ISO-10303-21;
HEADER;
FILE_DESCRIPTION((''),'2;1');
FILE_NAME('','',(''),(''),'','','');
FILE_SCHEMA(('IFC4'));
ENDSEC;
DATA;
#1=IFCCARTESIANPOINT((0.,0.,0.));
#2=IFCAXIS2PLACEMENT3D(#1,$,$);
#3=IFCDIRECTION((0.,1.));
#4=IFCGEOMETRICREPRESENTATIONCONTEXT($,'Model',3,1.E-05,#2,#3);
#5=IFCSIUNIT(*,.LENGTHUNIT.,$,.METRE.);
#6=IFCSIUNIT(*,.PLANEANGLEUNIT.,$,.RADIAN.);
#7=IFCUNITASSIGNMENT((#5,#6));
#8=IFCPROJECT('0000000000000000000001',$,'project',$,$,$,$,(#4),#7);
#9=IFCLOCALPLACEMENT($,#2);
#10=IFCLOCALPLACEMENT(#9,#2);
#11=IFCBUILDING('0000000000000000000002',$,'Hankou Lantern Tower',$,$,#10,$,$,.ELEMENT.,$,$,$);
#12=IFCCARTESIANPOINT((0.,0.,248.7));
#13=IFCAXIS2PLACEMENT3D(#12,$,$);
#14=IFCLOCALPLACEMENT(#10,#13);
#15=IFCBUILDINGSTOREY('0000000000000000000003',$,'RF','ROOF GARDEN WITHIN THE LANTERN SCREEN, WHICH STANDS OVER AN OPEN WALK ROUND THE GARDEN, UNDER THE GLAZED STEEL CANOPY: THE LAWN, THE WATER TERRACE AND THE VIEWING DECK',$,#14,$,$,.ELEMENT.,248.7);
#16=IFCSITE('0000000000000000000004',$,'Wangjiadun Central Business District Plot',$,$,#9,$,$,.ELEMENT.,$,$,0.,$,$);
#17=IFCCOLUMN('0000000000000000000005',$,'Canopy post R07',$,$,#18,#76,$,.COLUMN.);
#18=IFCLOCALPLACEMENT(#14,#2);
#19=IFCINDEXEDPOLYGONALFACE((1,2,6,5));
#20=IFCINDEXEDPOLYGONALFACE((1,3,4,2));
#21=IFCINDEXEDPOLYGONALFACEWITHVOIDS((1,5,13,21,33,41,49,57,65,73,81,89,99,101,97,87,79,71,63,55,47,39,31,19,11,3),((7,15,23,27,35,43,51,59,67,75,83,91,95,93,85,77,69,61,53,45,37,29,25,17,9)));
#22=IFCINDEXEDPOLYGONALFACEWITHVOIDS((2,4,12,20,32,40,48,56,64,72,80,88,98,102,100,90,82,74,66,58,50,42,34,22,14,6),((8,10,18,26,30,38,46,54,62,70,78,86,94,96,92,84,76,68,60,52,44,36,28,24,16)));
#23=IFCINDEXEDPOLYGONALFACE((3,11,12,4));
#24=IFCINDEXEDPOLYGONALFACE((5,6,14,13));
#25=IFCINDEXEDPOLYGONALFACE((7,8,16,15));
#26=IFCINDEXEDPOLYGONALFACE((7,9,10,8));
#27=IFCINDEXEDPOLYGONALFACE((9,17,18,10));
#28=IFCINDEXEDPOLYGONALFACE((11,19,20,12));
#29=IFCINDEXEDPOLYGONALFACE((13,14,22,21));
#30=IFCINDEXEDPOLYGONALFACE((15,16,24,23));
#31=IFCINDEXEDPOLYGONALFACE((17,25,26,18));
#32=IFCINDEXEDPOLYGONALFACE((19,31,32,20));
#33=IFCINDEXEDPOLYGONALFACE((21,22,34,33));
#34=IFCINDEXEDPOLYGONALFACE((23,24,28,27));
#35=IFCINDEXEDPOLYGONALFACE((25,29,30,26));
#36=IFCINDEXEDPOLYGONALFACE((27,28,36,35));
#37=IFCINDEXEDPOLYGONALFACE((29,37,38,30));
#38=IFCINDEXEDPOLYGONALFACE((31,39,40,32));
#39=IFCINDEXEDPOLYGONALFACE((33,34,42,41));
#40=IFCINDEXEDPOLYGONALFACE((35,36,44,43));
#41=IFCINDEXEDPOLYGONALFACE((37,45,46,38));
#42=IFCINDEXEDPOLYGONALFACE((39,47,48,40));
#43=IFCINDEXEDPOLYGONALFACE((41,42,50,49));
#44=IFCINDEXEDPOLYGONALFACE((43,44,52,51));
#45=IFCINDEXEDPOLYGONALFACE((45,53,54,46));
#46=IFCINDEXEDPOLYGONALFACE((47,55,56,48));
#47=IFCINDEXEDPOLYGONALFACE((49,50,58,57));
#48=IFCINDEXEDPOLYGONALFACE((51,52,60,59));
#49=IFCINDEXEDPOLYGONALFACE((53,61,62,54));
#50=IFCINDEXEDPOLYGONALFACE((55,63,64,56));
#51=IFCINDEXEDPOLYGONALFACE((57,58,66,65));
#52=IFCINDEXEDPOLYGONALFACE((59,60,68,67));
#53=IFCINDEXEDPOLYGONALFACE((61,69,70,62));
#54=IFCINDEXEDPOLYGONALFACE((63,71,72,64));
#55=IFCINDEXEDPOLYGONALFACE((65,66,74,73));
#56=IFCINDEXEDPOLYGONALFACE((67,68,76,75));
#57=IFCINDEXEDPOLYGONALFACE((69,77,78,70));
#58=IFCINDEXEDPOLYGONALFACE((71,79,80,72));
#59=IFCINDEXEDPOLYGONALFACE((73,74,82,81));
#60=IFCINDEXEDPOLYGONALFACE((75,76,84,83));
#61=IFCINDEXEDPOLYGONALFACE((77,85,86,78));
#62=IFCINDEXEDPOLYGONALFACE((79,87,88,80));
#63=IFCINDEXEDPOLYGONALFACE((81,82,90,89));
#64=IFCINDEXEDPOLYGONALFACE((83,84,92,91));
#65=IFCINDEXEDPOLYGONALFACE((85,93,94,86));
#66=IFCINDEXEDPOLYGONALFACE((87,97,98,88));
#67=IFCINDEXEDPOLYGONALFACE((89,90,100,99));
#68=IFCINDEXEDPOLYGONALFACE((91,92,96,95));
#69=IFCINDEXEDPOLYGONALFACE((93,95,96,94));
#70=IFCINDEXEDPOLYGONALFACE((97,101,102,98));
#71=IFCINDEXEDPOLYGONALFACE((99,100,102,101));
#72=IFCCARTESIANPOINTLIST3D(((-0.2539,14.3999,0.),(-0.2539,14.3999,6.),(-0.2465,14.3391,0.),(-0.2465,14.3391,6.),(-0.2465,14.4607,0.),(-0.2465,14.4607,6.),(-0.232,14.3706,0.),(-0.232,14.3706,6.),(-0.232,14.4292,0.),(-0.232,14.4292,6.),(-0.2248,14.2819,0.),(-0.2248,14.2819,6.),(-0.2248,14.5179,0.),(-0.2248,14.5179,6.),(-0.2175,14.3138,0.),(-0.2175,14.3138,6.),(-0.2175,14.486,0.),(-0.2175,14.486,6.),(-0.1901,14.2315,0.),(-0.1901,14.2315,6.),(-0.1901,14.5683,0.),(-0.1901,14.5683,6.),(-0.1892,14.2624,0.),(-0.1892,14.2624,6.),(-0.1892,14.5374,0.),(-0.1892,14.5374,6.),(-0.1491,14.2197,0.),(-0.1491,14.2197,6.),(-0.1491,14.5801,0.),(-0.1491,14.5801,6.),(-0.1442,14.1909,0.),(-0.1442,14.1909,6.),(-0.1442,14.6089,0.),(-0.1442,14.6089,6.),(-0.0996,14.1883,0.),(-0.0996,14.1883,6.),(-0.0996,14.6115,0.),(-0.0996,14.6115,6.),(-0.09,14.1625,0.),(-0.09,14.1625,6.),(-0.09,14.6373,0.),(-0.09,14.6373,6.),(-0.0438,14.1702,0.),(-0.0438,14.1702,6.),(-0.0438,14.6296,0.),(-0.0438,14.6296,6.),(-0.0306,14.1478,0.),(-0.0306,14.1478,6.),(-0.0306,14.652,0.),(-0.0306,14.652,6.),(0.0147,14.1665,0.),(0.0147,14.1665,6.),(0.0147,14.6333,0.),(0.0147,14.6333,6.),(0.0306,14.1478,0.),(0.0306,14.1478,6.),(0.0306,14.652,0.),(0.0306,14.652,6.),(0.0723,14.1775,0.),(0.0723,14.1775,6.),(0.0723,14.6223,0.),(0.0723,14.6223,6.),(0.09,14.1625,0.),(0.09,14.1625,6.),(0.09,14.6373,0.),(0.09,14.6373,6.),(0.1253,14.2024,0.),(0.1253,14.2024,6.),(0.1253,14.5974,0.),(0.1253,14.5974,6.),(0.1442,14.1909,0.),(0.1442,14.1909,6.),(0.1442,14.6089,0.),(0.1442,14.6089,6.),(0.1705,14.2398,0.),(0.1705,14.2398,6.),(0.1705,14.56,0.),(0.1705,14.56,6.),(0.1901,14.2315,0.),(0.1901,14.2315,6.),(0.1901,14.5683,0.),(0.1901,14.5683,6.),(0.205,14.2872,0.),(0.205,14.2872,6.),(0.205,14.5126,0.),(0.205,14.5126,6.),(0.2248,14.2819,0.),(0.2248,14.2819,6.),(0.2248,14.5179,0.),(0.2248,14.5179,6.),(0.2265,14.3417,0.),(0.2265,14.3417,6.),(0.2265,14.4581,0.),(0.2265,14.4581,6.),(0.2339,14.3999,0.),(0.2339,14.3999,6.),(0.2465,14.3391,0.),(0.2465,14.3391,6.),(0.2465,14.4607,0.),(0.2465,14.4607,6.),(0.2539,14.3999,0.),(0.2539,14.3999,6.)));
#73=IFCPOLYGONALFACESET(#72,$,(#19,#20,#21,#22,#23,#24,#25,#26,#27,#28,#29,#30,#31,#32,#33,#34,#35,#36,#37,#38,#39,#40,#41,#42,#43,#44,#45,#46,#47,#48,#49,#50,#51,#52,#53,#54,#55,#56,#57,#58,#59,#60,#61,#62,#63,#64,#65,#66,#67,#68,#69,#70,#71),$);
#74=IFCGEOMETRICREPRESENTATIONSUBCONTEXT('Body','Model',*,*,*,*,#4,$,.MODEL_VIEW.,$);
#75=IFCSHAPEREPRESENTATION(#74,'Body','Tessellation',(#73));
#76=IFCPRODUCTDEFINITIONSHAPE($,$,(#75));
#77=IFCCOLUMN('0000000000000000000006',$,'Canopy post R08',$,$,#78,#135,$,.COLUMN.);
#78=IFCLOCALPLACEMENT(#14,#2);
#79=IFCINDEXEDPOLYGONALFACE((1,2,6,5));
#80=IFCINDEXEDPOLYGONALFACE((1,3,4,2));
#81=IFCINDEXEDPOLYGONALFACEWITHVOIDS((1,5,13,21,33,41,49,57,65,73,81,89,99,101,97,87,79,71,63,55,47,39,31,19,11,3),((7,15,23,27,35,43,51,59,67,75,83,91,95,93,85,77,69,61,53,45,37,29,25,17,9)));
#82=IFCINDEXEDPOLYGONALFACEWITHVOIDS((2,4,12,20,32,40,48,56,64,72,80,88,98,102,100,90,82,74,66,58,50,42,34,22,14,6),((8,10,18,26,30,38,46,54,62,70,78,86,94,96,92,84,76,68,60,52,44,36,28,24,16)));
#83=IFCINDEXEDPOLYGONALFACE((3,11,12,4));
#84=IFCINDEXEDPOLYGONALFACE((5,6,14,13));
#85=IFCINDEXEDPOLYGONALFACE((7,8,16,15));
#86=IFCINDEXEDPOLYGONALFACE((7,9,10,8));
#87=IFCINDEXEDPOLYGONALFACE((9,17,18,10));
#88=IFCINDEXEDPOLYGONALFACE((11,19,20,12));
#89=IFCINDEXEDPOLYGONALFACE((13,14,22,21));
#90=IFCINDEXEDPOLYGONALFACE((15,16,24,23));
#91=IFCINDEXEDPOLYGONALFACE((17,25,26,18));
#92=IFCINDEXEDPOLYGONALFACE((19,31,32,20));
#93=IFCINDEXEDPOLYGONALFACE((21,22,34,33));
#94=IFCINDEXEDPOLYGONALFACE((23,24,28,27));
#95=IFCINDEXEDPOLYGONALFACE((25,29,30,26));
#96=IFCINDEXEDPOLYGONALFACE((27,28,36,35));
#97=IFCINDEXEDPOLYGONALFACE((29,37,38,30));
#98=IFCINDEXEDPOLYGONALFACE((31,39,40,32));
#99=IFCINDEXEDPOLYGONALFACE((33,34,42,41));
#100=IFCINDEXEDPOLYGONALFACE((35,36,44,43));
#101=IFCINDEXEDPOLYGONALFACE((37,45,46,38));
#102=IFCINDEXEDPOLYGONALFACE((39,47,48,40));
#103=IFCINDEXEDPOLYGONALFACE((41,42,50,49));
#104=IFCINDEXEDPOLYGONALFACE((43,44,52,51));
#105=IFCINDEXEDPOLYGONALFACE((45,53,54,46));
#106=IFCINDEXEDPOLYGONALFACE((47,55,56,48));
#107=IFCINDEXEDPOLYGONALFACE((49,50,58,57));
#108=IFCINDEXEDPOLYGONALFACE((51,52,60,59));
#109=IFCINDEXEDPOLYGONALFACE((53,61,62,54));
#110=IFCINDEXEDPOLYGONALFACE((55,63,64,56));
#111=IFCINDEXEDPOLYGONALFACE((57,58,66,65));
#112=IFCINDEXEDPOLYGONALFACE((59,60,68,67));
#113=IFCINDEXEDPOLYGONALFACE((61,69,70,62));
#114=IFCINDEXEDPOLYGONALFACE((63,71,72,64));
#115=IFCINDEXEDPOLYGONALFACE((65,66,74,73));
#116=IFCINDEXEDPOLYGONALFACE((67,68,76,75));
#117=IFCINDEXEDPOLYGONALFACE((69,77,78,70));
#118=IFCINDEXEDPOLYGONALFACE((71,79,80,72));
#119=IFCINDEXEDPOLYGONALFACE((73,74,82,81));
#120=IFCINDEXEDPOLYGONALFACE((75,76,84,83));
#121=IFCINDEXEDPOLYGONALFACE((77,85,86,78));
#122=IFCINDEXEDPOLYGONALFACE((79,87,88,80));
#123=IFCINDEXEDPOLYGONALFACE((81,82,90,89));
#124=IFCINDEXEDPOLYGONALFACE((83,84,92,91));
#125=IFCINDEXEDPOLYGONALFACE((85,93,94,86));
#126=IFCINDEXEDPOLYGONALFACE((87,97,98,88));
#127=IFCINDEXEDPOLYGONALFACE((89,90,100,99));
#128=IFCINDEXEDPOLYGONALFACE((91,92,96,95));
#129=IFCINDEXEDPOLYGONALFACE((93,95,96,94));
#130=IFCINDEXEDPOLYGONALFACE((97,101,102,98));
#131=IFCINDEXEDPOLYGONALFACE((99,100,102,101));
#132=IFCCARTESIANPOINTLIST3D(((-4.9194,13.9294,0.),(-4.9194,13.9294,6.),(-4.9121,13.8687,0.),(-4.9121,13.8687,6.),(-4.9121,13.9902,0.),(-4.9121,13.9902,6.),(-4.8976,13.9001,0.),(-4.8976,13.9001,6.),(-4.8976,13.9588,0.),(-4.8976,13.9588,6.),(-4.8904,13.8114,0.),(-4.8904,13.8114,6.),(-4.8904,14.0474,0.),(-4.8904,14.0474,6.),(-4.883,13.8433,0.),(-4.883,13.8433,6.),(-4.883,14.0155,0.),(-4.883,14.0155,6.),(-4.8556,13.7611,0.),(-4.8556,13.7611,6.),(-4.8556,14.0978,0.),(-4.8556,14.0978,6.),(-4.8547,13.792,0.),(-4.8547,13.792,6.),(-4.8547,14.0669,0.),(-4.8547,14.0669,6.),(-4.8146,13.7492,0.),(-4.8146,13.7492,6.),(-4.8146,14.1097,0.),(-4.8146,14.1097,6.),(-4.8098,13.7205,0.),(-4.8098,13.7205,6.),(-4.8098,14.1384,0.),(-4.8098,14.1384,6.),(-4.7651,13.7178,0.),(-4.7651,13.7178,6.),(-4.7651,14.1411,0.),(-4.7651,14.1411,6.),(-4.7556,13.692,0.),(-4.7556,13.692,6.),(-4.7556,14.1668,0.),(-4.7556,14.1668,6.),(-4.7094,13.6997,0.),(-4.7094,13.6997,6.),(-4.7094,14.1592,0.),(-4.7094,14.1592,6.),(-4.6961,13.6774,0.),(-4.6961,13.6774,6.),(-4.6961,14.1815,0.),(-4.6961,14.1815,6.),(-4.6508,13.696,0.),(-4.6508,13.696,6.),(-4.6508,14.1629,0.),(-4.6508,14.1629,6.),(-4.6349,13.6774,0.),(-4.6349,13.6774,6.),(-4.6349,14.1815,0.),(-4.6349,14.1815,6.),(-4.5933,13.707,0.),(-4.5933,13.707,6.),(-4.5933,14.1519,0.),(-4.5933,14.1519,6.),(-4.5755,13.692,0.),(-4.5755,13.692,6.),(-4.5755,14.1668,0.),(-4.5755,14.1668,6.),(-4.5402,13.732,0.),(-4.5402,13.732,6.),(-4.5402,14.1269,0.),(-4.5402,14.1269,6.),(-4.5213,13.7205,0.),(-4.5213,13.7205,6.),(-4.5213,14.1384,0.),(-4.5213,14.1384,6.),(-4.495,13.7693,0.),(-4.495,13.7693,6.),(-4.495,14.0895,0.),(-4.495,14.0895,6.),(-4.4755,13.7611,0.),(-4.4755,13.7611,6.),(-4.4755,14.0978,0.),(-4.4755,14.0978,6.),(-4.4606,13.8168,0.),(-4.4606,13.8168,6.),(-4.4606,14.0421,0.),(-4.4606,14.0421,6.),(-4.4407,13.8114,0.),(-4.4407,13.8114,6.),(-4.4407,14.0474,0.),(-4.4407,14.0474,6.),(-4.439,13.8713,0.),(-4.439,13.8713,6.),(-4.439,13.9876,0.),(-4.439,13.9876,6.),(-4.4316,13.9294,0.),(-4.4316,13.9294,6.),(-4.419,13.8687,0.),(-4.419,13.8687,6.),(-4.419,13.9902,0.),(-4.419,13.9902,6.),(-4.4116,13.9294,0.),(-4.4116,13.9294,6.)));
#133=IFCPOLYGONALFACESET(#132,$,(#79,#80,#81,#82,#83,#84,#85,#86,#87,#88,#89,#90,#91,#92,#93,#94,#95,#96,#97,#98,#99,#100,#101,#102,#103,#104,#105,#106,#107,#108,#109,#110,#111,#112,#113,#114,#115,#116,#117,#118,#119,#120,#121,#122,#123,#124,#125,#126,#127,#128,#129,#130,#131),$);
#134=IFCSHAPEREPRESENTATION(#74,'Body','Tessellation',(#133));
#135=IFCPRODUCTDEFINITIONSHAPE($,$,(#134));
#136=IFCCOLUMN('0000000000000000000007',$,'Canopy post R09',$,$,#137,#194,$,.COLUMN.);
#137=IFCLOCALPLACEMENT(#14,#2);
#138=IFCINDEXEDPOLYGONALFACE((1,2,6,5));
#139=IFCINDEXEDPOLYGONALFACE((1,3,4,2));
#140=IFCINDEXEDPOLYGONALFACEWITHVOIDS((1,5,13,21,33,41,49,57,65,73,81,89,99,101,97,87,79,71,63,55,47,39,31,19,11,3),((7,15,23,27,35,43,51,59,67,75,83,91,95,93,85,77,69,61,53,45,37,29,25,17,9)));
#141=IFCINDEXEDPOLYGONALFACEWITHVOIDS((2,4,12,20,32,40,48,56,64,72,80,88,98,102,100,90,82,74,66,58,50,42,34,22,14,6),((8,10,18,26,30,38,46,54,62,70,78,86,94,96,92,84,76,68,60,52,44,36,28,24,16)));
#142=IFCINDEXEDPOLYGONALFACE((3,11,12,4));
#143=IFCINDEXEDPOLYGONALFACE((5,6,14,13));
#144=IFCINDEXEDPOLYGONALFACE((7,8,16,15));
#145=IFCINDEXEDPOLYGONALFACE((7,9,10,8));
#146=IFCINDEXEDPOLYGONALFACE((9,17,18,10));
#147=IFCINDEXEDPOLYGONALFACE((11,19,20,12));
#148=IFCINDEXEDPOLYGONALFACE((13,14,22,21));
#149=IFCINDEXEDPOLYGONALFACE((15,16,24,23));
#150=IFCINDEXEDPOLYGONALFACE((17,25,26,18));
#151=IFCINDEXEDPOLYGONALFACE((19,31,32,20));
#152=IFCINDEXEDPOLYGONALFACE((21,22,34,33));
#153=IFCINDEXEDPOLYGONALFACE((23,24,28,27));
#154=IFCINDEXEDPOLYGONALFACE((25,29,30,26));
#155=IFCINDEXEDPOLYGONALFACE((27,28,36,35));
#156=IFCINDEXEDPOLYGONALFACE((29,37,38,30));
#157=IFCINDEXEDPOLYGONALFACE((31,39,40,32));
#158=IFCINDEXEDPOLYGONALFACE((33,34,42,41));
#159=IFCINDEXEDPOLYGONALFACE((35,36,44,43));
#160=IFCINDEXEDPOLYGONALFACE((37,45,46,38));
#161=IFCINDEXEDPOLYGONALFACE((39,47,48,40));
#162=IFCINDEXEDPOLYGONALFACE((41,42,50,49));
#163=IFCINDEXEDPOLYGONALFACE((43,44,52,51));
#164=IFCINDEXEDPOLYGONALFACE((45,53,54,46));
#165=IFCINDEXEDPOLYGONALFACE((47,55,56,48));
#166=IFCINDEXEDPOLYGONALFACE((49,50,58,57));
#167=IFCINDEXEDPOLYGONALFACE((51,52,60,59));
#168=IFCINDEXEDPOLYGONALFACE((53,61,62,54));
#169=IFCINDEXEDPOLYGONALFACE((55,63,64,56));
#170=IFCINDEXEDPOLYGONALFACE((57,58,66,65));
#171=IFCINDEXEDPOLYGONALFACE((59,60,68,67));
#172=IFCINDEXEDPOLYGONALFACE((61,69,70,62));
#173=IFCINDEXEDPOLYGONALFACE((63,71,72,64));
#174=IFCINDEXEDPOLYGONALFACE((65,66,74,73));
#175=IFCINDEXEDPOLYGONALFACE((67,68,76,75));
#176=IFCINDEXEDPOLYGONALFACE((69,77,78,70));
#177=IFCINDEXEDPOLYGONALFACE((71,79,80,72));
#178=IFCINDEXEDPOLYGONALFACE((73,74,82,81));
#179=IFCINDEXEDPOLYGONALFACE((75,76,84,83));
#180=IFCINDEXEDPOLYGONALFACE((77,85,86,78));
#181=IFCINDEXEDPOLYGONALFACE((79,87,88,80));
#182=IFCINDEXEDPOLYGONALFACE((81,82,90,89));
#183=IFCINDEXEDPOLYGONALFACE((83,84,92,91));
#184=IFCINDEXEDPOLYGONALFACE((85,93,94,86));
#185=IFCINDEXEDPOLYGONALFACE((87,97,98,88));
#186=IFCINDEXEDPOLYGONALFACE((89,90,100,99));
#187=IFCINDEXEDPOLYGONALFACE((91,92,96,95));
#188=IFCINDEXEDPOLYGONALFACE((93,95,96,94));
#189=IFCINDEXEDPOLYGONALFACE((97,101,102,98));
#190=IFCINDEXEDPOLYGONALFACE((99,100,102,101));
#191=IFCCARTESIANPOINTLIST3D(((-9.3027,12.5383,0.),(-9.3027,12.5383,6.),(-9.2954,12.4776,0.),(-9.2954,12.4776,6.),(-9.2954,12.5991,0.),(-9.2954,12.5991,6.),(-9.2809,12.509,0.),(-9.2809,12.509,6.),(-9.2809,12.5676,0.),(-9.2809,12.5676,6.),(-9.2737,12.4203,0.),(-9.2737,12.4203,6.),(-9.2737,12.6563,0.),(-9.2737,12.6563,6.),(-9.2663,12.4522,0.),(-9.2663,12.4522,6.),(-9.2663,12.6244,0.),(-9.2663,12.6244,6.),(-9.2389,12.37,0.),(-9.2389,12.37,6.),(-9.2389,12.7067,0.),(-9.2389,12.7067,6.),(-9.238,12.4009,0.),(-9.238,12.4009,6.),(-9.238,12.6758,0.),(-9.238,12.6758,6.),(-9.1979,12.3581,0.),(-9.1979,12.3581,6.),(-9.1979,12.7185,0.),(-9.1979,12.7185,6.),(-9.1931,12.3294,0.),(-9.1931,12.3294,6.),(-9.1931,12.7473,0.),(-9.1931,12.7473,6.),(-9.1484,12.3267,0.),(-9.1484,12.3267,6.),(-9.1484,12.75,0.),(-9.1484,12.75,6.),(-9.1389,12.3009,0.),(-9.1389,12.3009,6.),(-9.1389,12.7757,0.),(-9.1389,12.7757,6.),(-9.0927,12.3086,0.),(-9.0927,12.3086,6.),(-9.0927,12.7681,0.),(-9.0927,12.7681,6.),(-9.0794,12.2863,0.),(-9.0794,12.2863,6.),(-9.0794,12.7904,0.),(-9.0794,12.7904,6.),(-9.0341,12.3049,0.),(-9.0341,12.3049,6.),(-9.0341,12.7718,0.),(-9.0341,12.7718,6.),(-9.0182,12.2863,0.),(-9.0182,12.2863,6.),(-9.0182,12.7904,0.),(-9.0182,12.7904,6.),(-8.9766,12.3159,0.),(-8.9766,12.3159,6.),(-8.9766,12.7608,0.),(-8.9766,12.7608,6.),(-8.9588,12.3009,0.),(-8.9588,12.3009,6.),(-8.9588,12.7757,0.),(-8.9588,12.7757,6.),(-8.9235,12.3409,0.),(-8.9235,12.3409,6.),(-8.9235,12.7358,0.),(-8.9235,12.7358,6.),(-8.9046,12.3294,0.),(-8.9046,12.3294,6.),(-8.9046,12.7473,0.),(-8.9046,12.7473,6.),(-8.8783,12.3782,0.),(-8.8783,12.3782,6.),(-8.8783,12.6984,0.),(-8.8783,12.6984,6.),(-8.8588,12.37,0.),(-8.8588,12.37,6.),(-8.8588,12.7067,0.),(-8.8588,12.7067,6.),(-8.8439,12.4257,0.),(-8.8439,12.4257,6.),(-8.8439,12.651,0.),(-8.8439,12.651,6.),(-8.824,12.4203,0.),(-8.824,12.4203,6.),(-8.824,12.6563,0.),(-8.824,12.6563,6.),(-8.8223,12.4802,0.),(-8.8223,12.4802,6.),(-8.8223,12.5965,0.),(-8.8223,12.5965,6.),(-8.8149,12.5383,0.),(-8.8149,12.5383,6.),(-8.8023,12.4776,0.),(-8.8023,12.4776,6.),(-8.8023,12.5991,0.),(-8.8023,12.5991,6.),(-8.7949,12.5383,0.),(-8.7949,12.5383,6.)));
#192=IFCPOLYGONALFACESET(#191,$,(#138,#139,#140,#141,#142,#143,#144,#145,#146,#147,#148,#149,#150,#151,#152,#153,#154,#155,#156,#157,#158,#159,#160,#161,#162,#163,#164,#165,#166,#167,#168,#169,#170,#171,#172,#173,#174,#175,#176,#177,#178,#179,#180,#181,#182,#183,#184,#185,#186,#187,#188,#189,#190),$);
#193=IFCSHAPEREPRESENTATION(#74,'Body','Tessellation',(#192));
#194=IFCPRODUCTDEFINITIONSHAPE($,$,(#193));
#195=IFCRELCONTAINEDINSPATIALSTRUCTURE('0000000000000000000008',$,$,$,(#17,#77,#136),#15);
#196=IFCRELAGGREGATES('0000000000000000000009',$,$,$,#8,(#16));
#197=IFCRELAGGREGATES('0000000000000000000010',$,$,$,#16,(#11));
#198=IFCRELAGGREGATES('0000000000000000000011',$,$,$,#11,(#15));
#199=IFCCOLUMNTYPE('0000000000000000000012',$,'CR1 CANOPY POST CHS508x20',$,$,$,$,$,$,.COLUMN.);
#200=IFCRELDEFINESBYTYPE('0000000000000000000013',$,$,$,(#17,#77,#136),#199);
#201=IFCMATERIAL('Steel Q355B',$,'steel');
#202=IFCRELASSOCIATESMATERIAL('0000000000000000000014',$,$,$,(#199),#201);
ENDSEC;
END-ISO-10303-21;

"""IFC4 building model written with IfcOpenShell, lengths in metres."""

from ifc_helpers import new_model, si_unit, direction, frame, origin, origin_2d, place, context, subcontext, project, spatial, hollow_circle, extrude, material, material_profile, profile_set, type_object, element, save


model = new_model("IFC4")

# Units and contexts
model_context = context("Model", 3, precision=1e-05, world=origin(), true_north=direction((0.0, 1.0)))
body_context = subcontext(model_context, "Body", "Model", "MODEL_VIEW")
ifc_project = project(units=[si_unit("LENGTHUNIT", "METRE"), si_unit("PLANEANGLEUNIT", "RADIAN")], contexts=[model_context])

# Site, building, storey
site_placement = place(None, origin())
site = spatial("IfcSite", under=ifc_project, at=site_placement, Name="Wangjiadun Central Business District Plot", CompositionType="ELEMENT", RefElevation=0.0)
building_placement = place(site_placement, origin())
building = spatial("IfcBuilding", under=site, at=building_placement, Name="Hankou Lantern Tower", CompositionType="ELEMENT")
storey_placement = place(building_placement, frame((0.0, 0.0, 248.7)))
storey = spatial("IfcBuildingStorey", under=building, at=storey_placement, Name="RF", Description="ROOF GARDEN WITHIN THE LANTERN SCREEN, WHICH STANDS OVER AN OPEN WALK ROUND THE GARDEN, UNDER THE GLAZED STEEL CANOPY: THE LAWN, THE WATER TERRACE AND THE VIEWING DECK", CompositionType="ELEMENT", Elevation=248.7)

# Columns
ifc_material_1 = material(Name="Steel Q355B", Category="steel")
ifc_material_profile_1 = material_profile(ifc_material_1, hollow_circle(Radius=0.2539, WallThickness=0.02, at=origin_2d()), Name="CHS508x20")
ifc_profile_set_1 = profile_set([ifc_material_profile_1], Name="Steel Q355B")
column_type_1 = type_object("IfcColumnType", Name="CR1 CANOPY POST CHS508x20", PredefinedType="COLUMN", material=ifc_profile_set_1)
for number, where, z_axis, x_axis, name in (
    (1, (0.0, 14.3999, 0.0), (0.0, 0.0, 1.0), (1.0, 0.0, 0.0), "Canopy post R07"),
    (2, (-4.6655, 13.9294, 0.0), (0.0, 0.0, 1.0), (1.0, 0.0, 0.0), "Canopy post R08"),
    (3, (-9.0488, 12.5383, 0.0), (0.0, 0.0, 1.0), (1.0, 0.0, 0.0), "Canopy post R09"),
):
    element("IfcColumn", number, at=place(storey_placement, frame(where, z_axis=z_axis, x_axis=x_axis)), inside=storey, type_object=column_type_1, Name=name, PredefinedType="COLUMN", context=body_context, shape_type="SweptSolid", body=[
        extrude(hollow_circle(Radius=0.2539, WallThickness=0.02, at=origin_2d()), origin(), (0.0, 0.0, 1.0), 6.0),
    ])

save(model, "model.ifc")
